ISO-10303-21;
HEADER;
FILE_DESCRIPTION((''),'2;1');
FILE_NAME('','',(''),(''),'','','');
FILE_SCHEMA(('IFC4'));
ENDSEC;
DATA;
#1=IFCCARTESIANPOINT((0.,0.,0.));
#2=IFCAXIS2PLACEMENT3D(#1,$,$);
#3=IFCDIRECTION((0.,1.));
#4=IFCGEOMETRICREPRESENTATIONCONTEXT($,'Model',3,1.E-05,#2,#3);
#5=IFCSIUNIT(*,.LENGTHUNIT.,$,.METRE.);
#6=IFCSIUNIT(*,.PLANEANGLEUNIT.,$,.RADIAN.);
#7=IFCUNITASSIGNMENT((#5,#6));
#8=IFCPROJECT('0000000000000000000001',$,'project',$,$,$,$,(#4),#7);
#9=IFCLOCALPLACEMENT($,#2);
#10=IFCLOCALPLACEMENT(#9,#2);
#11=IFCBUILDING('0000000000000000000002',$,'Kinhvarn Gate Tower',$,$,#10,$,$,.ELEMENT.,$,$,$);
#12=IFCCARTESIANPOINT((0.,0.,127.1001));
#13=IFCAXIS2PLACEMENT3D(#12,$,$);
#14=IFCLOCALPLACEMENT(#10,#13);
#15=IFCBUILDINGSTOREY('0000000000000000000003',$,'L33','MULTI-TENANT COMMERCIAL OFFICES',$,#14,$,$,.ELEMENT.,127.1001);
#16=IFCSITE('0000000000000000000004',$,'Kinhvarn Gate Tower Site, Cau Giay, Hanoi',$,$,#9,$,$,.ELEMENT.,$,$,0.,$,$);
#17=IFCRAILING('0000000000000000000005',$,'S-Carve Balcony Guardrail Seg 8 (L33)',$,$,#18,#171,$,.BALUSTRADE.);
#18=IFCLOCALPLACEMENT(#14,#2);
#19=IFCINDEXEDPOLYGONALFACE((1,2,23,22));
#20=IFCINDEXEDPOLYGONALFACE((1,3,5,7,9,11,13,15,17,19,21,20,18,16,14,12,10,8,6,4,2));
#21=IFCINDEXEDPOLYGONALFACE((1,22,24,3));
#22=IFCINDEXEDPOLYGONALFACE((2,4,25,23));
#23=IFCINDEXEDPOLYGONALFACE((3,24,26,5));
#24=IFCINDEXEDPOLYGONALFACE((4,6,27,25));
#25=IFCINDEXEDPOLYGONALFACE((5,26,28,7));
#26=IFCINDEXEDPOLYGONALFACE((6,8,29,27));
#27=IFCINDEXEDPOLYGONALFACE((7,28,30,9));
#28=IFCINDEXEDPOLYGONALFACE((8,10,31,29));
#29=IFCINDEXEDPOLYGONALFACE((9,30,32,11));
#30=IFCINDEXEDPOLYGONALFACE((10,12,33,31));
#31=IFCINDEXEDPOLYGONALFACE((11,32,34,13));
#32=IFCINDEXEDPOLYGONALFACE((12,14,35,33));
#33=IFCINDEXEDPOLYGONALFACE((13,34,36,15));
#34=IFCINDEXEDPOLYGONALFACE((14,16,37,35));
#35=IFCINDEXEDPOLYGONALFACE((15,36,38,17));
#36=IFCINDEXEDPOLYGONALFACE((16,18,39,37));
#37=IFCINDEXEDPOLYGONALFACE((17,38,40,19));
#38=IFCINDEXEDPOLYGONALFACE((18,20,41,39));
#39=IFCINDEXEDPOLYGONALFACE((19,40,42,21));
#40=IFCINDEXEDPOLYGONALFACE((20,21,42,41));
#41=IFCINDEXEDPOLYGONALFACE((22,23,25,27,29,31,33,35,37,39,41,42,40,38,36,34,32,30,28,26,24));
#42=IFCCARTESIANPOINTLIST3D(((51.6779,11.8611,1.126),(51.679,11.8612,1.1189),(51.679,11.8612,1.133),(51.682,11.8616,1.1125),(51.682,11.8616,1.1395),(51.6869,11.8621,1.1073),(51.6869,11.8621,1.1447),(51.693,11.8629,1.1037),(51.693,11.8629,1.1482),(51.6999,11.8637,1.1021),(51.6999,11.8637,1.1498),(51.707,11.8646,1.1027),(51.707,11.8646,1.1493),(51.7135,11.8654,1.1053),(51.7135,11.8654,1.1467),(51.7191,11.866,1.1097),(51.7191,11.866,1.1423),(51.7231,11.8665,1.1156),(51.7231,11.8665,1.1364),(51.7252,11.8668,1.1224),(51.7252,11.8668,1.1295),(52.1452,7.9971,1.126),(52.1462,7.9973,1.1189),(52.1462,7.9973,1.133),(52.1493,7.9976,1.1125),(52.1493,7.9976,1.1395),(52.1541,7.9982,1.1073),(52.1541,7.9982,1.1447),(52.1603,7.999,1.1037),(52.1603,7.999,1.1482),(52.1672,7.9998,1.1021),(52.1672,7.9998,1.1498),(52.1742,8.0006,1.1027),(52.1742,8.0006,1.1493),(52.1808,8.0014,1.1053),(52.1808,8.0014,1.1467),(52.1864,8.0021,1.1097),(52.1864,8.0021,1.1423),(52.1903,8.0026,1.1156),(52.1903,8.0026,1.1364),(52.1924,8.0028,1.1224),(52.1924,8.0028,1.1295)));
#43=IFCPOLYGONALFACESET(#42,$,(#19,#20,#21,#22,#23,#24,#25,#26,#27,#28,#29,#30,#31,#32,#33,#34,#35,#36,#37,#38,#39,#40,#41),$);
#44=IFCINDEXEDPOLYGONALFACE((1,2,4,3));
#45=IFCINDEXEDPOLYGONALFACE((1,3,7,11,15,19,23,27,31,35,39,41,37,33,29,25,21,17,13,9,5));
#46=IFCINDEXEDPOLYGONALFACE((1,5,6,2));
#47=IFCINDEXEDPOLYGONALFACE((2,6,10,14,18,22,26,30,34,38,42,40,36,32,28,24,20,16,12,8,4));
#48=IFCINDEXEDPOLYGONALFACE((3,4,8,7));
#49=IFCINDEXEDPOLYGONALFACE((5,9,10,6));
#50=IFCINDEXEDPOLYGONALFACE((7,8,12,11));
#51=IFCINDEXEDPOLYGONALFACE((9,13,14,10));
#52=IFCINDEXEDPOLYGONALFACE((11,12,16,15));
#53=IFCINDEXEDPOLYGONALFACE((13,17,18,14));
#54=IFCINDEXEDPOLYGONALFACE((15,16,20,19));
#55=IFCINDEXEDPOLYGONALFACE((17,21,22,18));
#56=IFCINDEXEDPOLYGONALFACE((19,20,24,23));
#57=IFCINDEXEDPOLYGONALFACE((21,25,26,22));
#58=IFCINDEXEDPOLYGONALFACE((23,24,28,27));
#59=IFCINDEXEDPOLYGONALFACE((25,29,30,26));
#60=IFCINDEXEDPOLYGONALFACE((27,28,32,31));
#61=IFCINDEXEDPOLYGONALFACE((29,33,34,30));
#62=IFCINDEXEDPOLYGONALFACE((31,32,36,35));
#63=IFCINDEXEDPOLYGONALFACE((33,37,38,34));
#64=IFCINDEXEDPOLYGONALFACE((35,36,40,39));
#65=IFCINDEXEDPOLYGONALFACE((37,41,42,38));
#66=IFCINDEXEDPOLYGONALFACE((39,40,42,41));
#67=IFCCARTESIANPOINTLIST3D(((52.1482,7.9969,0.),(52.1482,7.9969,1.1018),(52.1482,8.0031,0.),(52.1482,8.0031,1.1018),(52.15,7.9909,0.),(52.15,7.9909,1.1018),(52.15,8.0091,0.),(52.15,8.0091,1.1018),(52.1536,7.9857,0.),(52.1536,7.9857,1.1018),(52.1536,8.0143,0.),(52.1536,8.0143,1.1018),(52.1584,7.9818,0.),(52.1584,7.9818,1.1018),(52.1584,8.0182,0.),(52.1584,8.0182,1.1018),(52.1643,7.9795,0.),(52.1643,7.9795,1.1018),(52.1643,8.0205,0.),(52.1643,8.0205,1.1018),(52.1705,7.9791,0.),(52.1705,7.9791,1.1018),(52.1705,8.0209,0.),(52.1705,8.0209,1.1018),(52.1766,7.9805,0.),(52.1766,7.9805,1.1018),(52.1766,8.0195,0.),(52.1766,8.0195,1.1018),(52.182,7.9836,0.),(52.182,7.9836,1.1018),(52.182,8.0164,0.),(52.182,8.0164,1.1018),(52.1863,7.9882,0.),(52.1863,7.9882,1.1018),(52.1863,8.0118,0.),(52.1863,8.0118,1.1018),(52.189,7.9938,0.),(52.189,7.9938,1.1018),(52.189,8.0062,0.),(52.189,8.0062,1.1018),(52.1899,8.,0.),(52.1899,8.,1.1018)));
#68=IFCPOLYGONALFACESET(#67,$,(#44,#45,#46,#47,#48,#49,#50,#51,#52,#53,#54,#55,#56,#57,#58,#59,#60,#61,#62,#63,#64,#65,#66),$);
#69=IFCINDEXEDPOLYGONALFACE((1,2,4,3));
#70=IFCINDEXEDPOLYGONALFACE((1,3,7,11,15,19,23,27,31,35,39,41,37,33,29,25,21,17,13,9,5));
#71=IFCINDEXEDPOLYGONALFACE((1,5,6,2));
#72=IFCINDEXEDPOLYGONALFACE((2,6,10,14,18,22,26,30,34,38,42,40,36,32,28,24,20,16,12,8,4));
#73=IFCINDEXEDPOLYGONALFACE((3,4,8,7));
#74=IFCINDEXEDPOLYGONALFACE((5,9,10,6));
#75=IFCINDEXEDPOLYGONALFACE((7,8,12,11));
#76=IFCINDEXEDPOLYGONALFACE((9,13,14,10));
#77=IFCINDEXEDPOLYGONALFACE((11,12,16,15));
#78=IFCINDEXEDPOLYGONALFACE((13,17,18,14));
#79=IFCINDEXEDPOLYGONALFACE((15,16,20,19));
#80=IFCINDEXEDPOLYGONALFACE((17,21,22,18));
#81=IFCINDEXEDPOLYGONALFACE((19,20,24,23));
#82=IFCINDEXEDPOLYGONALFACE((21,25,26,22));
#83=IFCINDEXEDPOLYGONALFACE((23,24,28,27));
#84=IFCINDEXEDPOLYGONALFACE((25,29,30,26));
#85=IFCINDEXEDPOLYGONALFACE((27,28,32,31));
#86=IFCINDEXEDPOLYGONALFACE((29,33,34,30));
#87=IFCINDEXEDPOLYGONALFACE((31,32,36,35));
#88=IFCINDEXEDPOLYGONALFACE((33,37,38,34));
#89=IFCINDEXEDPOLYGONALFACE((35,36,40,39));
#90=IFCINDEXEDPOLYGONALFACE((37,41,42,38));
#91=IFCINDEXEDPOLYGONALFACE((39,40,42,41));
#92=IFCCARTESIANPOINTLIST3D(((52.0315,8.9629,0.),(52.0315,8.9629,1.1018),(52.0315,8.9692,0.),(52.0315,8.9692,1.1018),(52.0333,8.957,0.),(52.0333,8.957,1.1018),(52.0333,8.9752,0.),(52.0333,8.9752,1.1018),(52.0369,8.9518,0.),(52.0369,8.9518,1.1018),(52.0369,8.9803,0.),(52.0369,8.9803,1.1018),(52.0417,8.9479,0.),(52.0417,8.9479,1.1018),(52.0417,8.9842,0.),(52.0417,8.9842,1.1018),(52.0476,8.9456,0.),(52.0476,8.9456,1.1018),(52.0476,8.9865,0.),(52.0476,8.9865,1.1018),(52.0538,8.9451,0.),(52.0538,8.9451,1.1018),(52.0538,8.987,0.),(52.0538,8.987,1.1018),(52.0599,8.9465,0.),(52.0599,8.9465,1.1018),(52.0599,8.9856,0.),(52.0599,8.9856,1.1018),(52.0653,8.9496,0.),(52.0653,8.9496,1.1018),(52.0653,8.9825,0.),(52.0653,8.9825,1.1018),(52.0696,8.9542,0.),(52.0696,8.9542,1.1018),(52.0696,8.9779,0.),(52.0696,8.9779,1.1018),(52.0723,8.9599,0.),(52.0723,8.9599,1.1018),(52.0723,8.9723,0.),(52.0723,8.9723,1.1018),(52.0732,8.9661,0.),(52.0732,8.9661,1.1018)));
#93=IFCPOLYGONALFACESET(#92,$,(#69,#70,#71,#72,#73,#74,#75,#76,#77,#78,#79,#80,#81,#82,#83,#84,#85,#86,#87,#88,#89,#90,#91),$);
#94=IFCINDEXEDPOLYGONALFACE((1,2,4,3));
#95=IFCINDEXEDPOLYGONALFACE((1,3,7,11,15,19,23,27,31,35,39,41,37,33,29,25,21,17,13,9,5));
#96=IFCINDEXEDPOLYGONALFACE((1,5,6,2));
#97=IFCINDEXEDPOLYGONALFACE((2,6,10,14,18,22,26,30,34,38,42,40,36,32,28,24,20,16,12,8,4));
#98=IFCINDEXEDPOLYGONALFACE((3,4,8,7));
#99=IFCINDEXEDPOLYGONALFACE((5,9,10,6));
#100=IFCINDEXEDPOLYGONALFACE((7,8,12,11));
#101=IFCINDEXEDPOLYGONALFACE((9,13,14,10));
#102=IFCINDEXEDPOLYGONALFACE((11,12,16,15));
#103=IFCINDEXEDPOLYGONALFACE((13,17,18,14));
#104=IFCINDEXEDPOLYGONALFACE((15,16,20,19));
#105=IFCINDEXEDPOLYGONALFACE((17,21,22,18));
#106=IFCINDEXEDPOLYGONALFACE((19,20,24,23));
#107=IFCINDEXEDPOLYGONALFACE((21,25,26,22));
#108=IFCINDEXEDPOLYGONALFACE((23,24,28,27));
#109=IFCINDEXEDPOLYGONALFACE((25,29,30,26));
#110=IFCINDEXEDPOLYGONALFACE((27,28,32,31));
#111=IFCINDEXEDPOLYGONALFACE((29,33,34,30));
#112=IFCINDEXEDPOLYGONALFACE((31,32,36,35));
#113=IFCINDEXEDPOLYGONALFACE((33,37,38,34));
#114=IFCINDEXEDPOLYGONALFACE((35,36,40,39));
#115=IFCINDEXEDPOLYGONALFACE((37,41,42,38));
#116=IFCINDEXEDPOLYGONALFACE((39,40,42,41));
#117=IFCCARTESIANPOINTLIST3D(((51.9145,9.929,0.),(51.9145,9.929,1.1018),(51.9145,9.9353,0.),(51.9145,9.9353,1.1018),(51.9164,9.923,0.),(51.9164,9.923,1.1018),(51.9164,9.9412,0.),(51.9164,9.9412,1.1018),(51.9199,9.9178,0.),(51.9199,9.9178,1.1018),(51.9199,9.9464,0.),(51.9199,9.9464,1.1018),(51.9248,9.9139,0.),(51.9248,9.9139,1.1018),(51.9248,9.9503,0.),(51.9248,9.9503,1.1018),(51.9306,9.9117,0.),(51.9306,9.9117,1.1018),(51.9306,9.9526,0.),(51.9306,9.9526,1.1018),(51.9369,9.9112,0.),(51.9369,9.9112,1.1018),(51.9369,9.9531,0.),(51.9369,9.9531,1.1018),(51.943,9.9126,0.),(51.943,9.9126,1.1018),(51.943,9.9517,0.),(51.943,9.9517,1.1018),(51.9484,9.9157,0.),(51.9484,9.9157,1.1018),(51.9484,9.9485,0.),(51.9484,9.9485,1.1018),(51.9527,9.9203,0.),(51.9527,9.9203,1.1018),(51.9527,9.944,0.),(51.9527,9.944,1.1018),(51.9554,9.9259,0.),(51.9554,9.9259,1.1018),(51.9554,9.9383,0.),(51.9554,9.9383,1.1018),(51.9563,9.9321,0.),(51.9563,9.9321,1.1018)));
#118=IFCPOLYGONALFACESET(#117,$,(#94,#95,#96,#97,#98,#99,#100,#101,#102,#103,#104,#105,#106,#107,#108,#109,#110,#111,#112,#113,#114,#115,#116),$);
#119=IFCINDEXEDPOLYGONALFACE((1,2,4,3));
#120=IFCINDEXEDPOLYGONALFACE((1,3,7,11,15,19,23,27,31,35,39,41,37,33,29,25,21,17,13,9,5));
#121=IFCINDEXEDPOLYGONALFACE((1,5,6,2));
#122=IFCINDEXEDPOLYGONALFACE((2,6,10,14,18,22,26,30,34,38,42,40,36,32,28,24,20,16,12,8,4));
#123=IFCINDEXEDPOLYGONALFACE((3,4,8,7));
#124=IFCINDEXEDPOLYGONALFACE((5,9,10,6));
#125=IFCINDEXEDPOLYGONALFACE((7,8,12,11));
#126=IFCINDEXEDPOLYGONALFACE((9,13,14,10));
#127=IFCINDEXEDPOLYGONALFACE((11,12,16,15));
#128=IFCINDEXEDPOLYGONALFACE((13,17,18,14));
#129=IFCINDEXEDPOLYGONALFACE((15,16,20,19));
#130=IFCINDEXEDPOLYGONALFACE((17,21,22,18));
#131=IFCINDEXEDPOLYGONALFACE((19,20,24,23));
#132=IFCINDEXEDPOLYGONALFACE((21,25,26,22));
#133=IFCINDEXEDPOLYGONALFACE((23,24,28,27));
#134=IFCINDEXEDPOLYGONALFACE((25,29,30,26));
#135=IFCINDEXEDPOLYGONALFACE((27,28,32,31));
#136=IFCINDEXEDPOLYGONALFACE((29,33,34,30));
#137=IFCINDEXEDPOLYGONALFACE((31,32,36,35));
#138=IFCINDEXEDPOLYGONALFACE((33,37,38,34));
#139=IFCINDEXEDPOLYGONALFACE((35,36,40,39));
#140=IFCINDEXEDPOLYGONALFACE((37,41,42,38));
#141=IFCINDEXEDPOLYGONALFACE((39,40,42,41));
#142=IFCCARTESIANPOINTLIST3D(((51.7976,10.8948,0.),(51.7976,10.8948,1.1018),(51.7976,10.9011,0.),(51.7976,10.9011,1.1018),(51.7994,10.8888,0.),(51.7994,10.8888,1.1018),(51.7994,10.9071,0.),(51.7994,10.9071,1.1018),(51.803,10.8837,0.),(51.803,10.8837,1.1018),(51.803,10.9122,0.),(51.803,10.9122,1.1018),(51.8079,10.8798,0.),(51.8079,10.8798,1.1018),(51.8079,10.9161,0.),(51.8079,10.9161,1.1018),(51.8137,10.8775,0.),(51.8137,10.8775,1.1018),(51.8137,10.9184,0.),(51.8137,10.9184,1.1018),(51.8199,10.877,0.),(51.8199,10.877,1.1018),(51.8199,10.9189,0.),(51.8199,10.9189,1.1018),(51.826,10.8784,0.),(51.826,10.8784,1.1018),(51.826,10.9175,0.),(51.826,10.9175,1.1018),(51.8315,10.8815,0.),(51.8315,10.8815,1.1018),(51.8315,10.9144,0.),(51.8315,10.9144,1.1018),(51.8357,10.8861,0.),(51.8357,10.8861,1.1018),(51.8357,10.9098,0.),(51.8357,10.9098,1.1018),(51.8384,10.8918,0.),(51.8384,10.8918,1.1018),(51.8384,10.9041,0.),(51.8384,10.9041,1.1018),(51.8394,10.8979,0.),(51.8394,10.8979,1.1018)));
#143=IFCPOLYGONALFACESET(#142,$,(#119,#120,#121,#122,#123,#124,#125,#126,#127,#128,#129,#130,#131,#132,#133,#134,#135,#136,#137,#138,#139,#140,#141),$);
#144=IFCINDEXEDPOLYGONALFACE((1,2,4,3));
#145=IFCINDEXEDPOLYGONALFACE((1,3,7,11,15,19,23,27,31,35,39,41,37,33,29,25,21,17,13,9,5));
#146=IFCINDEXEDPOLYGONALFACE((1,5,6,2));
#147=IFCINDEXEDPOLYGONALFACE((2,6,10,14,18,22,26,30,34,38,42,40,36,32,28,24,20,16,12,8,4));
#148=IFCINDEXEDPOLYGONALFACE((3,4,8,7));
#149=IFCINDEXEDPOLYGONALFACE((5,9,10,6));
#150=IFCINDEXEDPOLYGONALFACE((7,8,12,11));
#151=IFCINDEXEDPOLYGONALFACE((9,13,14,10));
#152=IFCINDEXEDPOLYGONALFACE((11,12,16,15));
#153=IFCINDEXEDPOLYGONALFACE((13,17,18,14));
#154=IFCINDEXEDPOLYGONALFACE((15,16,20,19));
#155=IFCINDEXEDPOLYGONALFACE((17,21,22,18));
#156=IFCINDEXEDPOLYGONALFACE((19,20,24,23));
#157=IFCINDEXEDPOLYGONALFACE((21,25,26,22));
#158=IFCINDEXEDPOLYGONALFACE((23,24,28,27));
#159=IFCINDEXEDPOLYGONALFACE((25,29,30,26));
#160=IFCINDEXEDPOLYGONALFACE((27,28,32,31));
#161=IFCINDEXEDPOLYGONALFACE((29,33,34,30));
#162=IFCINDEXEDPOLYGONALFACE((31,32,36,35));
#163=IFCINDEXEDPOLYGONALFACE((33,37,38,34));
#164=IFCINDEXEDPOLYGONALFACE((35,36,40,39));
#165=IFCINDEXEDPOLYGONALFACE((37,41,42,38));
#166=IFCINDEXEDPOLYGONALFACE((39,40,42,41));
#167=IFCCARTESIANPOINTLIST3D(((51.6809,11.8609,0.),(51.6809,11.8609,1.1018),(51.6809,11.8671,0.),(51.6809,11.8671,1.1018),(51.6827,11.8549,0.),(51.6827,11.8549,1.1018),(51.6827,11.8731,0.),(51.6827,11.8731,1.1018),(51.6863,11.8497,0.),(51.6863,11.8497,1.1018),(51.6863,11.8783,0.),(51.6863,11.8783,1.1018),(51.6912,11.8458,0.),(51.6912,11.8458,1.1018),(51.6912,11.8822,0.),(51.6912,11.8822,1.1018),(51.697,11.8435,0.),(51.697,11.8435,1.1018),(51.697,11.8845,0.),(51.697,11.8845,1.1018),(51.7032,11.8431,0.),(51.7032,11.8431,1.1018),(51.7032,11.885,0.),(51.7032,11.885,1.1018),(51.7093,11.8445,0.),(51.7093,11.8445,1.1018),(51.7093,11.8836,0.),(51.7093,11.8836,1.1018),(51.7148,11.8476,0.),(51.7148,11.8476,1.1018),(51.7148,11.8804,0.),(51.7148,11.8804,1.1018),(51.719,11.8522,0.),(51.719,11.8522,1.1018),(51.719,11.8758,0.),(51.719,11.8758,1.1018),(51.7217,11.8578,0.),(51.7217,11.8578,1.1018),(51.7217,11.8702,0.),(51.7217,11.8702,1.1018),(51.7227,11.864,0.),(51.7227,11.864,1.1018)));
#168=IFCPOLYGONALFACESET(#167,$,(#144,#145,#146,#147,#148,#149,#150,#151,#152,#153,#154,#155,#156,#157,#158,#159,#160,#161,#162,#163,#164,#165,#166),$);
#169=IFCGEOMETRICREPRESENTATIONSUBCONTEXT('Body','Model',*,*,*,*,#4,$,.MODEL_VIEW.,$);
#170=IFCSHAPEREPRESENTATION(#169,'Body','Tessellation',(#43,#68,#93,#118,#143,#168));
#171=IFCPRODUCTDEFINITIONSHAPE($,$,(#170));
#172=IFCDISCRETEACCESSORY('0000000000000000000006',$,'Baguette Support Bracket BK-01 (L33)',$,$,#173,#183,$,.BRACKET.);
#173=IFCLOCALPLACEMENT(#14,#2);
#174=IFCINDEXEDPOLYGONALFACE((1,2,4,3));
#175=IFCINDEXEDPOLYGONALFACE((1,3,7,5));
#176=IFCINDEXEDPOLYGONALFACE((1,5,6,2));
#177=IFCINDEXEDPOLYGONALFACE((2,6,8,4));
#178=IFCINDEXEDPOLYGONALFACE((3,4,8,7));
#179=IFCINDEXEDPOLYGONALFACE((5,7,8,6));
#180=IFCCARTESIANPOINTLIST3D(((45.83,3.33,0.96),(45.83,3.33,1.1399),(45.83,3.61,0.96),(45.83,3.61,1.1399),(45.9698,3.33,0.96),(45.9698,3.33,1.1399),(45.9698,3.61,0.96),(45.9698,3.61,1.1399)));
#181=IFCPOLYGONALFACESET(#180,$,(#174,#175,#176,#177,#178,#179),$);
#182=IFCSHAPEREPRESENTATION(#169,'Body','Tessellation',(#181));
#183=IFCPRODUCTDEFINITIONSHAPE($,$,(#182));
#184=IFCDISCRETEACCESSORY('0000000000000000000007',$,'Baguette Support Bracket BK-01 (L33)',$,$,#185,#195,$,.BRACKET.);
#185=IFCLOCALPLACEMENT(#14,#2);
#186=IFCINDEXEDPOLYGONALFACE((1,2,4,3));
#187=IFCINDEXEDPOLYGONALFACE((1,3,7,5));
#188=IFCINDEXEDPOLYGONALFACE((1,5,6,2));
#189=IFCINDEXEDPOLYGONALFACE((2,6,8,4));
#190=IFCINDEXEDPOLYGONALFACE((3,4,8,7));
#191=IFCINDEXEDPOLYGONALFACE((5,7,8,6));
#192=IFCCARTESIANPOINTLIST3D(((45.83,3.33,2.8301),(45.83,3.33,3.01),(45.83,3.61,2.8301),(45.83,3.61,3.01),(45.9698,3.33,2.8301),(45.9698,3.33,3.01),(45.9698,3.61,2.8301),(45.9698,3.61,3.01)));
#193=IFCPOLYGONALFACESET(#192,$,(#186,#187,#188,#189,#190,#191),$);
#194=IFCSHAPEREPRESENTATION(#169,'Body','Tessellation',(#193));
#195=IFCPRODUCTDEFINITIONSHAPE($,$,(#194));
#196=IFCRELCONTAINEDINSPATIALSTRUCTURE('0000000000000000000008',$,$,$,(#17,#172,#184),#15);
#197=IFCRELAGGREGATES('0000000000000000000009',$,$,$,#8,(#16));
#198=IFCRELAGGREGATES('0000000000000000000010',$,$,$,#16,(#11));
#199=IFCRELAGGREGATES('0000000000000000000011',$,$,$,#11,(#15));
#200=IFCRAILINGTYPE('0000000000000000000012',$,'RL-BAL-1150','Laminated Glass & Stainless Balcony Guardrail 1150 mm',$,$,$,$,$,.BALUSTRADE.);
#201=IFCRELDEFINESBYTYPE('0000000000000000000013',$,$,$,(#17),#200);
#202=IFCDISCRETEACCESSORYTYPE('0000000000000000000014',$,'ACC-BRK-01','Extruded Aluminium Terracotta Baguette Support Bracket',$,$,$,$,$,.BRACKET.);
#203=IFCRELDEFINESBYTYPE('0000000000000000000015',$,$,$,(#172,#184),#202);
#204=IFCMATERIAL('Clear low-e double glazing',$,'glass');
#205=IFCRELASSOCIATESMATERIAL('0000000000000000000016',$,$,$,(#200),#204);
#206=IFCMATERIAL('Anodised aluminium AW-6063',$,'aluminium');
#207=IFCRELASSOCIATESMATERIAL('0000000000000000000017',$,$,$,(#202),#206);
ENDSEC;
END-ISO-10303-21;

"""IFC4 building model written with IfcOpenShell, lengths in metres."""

from ifc_helpers import new_model, si_unit, direction, frame, origin, origin_2d, place, context, subcontext, project, spatial, rectangle, circle, extrude, material, type_object, element, save


model = new_model("IFC4")

# Units and contexts
model_context = context("Model", 3, precision=1e-05, world=origin(), true_north=direction((0.0, 1.0)))
body_context = subcontext(model_context, "Body", "Model", "MODEL_VIEW")
ifc_project = project(units=[si_unit("LENGTHUNIT", "METRE"), si_unit("PLANEANGLEUNIT", "RADIAN")], contexts=[model_context])

# Site, building, storey
site_placement = place(None, origin())
site = spatial("IfcSite", under=ifc_project, at=site_placement, Name="Kinhvarn Gate Tower Site, Cau Giay, Hanoi", CompositionType="ELEMENT", RefElevation=0.0)
building_placement = place(site_placement, origin())
building = spatial("IfcBuilding", under=site, at=building_placement, Name="Kinhvarn Gate Tower", CompositionType="ELEMENT")
storey_placement = place(building_placement, frame((0.0, 0.0, 127.1001)))
storey = spatial("IfcBuildingStorey", under=building, at=storey_placement, Name="L33", Description="MULTI-TENANT COMMERCIAL OFFICES", CompositionType="ELEMENT", Elevation=127.1001)

# Shared definitions
ifc_material_1 = material(Name="Anodised aluminium AW-6063", Category="aluminium")

# Shared definitions
ifc_material_2 = material(Name="Clear low-e double glazing", Category="glass")

# Railing
railing_type = type_object("IfcRailingType", Name="RL-BAL-1150", Description="Laminated Glass & Stainless Balcony Guardrail 1150 mm", PredefinedType="BALUSTRADE", material=ifc_material_2)
railing_1_placement = place(storey_placement, frame((52.1689, 8.0, 0.0)))
element("IfcRailing", 1, at=railing_1_placement, inside=storey, type_object=railing_type, Name="S-Carve Balcony Guardrail Seg 8 (L33)", PredefinedType="BALUSTRADE", context=body_context, shape_type="SweptSolid", body=[
    extrude(circle(Radius=0.0239, at=origin_2d()), frame((0.0, 0.0, 1.126), z_axis=(-0.120058, 0.992767, 0.0), x_axis=(-0.992767, -0.120058, 0.0)), (0.0, 0.0, 1.0), 3.8921),
    extrude(circle(Radius=0.021, at=origin_2d()), origin(), (0.0, 0.0, 1.0), 1.1018),
    extrude(circle(Radius=0.021, at=origin_2d()), frame((-0.1167, 0.9661, 0.0)), (0.0, 0.0, 1.0), 1.1018),
    extrude(circle(Radius=0.021, at=origin_2d()), frame((-0.2336, 1.9321, 0.0)), (0.0, 0.0, 1.0), 1.1018),
    extrude(circle(Radius=0.021, at=origin_2d()), frame((-0.3506, 2.8979, 0.0)), (0.0, 0.0, 1.0), 1.1018),
    extrude(circle(Radius=0.021, at=origin_2d()), frame((-0.4673, 3.864, 0.0)), (0.0, 0.0, 1.0), 1.1018),
])

# Discrete accessories
discrete_accessory_type = type_object("IfcDiscreteAccessoryType", Name="ACC-BRK-01", Description="Extruded Aluminium Terracotta Baguette Support Bracket", PredefinedType="BRACKET", material=ifc_material_1)
for number, where, z_axis, x_axis, name in (
    (2, (45.8999, 3.47, 0.96), (0.0, 0.0, 1.0), (1.0, 0.0, 0.0), "Baguette Support Bracket BK-01 (L33)"),
    (3, (45.8999, 3.47, 2.8301), (0.0, 0.0, 1.0), (1.0, 0.0, 0.0), "Baguette Support Bracket BK-01 (L33)"),
):
    element("IfcDiscreteAccessory", number, at=place(storey_placement, frame(where, z_axis=z_axis, x_axis=x_axis)), inside=storey, type_object=discrete_accessory_type, Name=name, PredefinedType="BRACKET", context=body_context, shape_type="SweptSolid", body=[
        extrude(rectangle(XDim=0.1399, YDim=0.28, at=origin_2d()), origin(), (0.0, 0.0, 1.0), 0.1799),
    ])

save(model, "model.ifc")
